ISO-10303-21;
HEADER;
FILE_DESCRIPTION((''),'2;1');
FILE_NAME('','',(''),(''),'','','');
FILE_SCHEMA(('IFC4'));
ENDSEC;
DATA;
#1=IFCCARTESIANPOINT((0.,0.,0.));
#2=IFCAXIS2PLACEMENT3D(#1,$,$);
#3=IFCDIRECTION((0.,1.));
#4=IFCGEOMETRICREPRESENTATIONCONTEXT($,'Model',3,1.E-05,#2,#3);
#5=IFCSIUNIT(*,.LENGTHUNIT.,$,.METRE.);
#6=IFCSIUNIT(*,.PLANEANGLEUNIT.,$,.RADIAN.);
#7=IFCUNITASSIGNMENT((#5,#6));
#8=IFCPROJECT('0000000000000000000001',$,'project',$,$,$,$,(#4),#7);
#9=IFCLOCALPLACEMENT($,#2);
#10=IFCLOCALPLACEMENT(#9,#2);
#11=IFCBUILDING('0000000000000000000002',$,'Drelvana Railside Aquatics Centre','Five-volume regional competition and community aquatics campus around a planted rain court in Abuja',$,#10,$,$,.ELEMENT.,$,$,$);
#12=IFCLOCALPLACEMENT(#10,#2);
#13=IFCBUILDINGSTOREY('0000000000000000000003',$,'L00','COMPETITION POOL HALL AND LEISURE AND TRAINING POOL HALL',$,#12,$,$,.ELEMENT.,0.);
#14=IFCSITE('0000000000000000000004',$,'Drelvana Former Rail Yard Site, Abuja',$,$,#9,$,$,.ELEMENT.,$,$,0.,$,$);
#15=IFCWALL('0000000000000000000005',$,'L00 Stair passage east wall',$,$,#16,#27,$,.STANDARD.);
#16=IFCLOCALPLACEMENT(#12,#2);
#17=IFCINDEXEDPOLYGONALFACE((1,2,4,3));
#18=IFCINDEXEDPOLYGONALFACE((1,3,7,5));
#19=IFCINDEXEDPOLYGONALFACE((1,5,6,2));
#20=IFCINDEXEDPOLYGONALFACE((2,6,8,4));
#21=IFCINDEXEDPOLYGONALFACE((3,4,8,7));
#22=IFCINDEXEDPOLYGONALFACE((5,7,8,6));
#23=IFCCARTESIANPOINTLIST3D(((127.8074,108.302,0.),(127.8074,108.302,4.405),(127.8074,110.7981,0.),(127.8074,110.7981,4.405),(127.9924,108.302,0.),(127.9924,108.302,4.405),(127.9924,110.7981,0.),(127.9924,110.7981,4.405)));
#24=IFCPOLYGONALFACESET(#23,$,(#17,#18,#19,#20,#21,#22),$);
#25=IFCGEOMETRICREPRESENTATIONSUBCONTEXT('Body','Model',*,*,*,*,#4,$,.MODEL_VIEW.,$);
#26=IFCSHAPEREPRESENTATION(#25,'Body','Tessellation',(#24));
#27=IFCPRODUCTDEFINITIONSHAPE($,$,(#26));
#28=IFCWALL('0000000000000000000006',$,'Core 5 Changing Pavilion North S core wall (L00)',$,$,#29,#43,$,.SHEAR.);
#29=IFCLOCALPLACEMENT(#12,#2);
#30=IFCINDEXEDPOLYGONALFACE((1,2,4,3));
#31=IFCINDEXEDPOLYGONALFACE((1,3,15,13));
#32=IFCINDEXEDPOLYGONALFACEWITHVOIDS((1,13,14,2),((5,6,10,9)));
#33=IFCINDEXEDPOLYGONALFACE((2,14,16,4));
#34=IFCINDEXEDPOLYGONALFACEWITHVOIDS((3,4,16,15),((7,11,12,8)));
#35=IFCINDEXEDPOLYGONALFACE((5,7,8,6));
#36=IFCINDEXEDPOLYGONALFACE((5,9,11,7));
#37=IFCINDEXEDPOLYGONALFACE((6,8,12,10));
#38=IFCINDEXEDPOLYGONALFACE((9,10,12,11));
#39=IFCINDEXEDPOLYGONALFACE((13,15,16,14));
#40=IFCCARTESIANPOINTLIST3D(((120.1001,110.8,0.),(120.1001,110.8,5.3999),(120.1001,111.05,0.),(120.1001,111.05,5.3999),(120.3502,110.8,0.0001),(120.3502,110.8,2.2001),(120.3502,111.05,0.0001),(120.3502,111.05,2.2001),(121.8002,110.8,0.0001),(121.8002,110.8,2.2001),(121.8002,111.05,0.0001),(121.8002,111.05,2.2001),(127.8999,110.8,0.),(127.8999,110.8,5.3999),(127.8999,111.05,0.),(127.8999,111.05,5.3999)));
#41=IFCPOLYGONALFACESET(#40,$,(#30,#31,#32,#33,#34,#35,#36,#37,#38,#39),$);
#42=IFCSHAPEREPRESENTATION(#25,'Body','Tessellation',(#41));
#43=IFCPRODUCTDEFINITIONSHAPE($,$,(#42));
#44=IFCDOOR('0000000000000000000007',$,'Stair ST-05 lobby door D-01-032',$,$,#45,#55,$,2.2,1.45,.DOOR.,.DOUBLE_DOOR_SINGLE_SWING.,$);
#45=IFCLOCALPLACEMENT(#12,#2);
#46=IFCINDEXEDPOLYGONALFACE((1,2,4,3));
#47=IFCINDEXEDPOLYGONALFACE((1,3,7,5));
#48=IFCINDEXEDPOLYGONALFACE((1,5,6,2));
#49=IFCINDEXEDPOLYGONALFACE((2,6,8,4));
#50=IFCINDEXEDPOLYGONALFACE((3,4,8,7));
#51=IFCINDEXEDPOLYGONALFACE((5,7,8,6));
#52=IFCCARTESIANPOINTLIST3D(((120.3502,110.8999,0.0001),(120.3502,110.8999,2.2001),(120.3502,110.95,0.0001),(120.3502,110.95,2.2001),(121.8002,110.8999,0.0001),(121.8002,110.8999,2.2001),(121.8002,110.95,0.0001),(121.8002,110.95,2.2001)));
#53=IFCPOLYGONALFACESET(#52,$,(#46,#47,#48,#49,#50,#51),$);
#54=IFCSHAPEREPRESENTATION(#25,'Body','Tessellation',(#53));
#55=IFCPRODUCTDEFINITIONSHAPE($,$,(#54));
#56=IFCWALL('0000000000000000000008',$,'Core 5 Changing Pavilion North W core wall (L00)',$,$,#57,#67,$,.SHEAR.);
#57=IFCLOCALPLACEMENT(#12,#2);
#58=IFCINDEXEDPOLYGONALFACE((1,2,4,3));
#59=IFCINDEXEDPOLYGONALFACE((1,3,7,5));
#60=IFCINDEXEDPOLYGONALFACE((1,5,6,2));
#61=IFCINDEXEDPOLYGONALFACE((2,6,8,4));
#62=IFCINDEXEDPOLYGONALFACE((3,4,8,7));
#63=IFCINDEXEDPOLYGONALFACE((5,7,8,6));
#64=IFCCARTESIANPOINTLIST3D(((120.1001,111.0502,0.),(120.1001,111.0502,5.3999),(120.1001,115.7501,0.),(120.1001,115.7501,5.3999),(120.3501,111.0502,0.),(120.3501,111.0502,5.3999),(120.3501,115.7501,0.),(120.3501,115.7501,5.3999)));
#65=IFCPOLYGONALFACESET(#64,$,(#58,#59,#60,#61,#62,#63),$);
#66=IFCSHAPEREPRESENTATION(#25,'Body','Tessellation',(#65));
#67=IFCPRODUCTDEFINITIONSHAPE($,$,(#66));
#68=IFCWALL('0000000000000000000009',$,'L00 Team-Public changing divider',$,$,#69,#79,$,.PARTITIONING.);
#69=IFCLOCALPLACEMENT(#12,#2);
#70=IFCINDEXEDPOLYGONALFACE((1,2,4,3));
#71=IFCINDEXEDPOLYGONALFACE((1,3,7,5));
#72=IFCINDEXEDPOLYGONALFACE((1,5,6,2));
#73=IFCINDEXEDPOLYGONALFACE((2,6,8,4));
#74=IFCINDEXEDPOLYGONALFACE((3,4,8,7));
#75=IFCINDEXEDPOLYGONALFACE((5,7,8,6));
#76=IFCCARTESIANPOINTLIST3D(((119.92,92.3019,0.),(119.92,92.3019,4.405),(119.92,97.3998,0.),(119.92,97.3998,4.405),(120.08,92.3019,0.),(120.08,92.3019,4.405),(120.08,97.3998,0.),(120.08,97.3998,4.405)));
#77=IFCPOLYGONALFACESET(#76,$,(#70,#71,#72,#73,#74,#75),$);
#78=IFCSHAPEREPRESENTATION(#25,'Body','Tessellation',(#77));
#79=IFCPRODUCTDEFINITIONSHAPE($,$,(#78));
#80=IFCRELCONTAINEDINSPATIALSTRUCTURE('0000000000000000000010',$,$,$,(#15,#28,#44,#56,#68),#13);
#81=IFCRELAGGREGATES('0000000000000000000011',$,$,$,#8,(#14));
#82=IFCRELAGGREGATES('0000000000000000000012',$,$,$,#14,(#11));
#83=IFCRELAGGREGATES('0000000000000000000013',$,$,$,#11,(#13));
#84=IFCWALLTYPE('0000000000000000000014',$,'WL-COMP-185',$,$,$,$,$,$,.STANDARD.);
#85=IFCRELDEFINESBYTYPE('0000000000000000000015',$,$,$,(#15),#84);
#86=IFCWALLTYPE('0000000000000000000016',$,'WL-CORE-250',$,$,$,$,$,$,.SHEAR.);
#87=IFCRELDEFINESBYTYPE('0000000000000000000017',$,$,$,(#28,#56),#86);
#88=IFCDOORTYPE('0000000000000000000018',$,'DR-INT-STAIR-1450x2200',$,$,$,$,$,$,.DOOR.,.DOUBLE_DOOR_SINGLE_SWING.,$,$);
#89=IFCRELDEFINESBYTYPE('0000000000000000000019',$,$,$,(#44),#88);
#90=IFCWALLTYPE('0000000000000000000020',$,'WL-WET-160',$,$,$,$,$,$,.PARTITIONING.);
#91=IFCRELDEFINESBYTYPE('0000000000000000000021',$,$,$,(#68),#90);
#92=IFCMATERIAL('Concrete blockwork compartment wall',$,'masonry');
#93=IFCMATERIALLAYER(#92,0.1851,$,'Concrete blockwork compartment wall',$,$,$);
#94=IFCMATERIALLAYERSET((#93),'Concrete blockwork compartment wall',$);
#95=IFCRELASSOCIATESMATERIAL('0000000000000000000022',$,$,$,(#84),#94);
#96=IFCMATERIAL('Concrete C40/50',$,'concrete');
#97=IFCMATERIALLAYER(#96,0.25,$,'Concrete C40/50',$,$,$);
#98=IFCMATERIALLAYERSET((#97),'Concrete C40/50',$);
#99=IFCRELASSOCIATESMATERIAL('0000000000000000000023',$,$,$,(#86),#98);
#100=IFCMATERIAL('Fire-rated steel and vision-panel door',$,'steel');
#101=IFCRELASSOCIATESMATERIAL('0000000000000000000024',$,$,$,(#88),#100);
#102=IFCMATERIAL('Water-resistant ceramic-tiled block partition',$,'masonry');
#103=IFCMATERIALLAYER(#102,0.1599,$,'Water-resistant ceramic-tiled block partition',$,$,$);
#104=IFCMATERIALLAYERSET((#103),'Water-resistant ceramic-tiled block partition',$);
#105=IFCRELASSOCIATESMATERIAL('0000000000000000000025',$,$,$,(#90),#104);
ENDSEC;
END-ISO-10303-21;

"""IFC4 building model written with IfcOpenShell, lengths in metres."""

from ifc_helpers import new_model, si_unit, direction, frame, frame_2d, origin, place, context, subcontext, project, spatial, rectangle, extrude, material, layer, layer_set, type_object, element, fill, save


model = new_model("IFC4")

# Units and contexts
model_context = context("Model", 3, precision=1e-05, world=origin(), true_north=direction((0.0, 1.0)))
body_context = subcontext(model_context, "Body", "Model", "MODEL_VIEW")
ifc_project = project(units=[si_unit("LENGTHUNIT", "METRE"), si_unit("PLANEANGLEUNIT", "RADIAN")], contexts=[model_context])

# Site, building, storey
site_placement = place(None, origin())
site = spatial("IfcSite", under=ifc_project, at=site_placement, Name="Drelvana Former Rail Yard Site, Abuja", CompositionType="ELEMENT", RefElevation=0.0)
building_placement = place(site_placement, origin())
building = spatial("IfcBuilding", under=site, at=building_placement, Name="Drelvana Railside Aquatics Centre", Description="Five-volume regional competition and community aquatics campus around a planted rain court in Abuja", CompositionType="ELEMENT")
storey_placement = place(building_placement, origin())
storey = spatial("IfcBuildingStorey", under=building, at=storey_placement, Name="L00", Description="COMPETITION POOL HALL AND LEISURE AND TRAINING POOL HALL", CompositionType="ELEMENT", Elevation=0.0)

# Shared definitions
ifc_material_1 = material(Name="Concrete C40/50", Category="concrete")

# Shared definitions
ifc_material_2 = material(Name="Concrete blockwork compartment wall", Category="masonry")
ifc_layer_1 = layer(ifc_material_2, 0.1851, Name="Concrete blockwork compartment wall")
ifc_layer_set_1 = layer_set([ifc_layer_1], Name="Concrete blockwork compartment wall")
wall_type_1 = type_object("IfcWallType", Name="WL-COMP-185", PredefinedType="STANDARD", material=ifc_layer_set_1)

# Wall
wall_1_placement = place(storey_placement, frame((127.8999, 108.302, 0.0), z_axis=(0.0, 0.0, 1.0), x_axis=(0.0, 1.0, 0.0)))
element("IfcWall", 1, at=wall_1_placement, inside=storey, type_object=wall_type_1, Name="L00 Stair passage east wall", PredefinedType="STANDARD", context=body_context, shape_type="SweptSolid", body=[
    extrude(rectangle(XDim=2.4961, YDim=0.1851, at=frame_2d((1.248, 0.0))), origin(), (0.0, 0.0, 1.0), 4.405),
])

# Wall, opening, door
ifc_layer_2 = layer(ifc_material_1, 0.25, Name="Concrete C40/50")
ifc_layer_set_2 = layer_set([ifc_layer_2], Name="Concrete C40/50")
wall_type_2 = type_object("IfcWallType", Name="WL-CORE-250", PredefinedType="SHEAR", material=ifc_layer_set_2)
wall_2_placement = place(storey_placement, frame((120.1001, 110.925, 0.0), z_axis=(0.0, 0.0, 1.0), x_axis=(1.0, 0.0, 0.0)))
wall_2 = element("IfcWall", 2, at=wall_2_placement, inside=storey, type_object=wall_type_2, Name="Core 5 Changing Pavilion North S core wall (L00)", PredefinedType="SHEAR", context=body_context, shape_type="SweptSolid", body=[
    extrude(rectangle(XDim=7.7998, YDim=0.25, at=frame_2d((3.8999, 0.0))), origin(), (0.0, 0.0, 1.0), 5.3999),
])
opening_1_placement = place(wall_2_placement, frame((0.25, 0.0, 0.0)))
opening_1 = element("IfcOpeningElement", 3, at=opening_1_placement, cuts=wall_2, PredefinedType="OPENING", context=body_context, shape_type="SweptSolid", body=[
    extrude(rectangle(XDim=1.45, YDim=2.2, at=frame_2d((0.7251, 1.1001))), frame((0.0, 0.135, 0.0), z_axis=(0.0, -1.0, 0.0), x_axis=(1.0, 0.0, 0.0)), (0.0, 0.0, 1.0), 0.27),
])
ifc_material_3 = material(Name="Fire-rated steel and vision-panel door", Category="steel")
door_type_1 = type_object("IfcDoorType", Name="DR-INT-STAIR-1450x2200", OperationType="DOUBLE_DOOR_SINGLE_SWING", PredefinedType="DOOR", material=ifc_material_3)
door_1_placement = place(opening_1_placement, origin())
door_1 = element("IfcDoor", 4, at=door_1_placement, inside=storey, type_object=door_type_1, Name="Stair ST-05 lobby door D-01-032", OperationType="DOUBLE_DOOR_SINGLE_SWING", OverallHeight=2.2, OverallWidth=1.45, PredefinedType="DOOR", context=body_context, shape_type="SweptSolid", body=[
    extrude(rectangle(XDim=1.45, YDim=2.2, at=frame_2d((0.7251, 1.1001))), frame((0.0, 0.0249, 0.0), z_axis=(0.0, -1.0, 0.0), x_axis=(1.0, 0.0, 0.0)), (0.0, 0.0, 1.0), 0.05),
])
fill(opening_1, door_1)

# Walls
wall_3_placement = place(storey_placement, frame((120.2251, 111.05, 0.0), z_axis=(0.0, 0.0, 1.0), x_axis=(0.0, 1.0, 0.0)))
element("IfcWall", 5, at=wall_3_placement, inside=storey, type_object=wall_type_2, Name="Core 5 Changing Pavilion North W core wall (L00)", PredefinedType="SHEAR", context=body_context, shape_type="SweptSolid", body=[
    extrude(rectangle(XDim=4.7, YDim=0.25, at=frame_2d((2.3501, 0.0))), origin(), (0.0, 0.0, 1.0), 5.3999),
])
ifc_material_4 = material(Name="Water-resistant ceramic-tiled block partition", Category="masonry")
ifc_layer_3 = layer(ifc_material_4, 0.1599, Name="Water-resistant ceramic-tiled block partition")
ifc_layer_set_3 = layer_set([ifc_layer_3], Name="Water-resistant ceramic-tiled block partition")
wall_type_3 = type_object("IfcWallType", Name="WL-WET-160", PredefinedType="PARTITIONING", material=ifc_layer_set_3)
wall_4_placement = place(storey_placement, frame((120.0, 92.302, 0.0), z_axis=(0.0, 0.0, 1.0), x_axis=(0.0, 1.0, 0.0)))
element("IfcWall", 6, at=wall_4_placement, inside=storey, type_object=wall_type_3, Name="L00 Team-Public changing divider", PredefinedType="PARTITIONING", context=body_context, shape_type="SweptSolid", body=[
    extrude(rectangle(XDim=5.0979, YDim=0.1599, at=frame_2d((2.5488, 0.0))), origin(), (0.0, 0.0, 1.0), 4.405),
])

save(model, "model.ifc")
